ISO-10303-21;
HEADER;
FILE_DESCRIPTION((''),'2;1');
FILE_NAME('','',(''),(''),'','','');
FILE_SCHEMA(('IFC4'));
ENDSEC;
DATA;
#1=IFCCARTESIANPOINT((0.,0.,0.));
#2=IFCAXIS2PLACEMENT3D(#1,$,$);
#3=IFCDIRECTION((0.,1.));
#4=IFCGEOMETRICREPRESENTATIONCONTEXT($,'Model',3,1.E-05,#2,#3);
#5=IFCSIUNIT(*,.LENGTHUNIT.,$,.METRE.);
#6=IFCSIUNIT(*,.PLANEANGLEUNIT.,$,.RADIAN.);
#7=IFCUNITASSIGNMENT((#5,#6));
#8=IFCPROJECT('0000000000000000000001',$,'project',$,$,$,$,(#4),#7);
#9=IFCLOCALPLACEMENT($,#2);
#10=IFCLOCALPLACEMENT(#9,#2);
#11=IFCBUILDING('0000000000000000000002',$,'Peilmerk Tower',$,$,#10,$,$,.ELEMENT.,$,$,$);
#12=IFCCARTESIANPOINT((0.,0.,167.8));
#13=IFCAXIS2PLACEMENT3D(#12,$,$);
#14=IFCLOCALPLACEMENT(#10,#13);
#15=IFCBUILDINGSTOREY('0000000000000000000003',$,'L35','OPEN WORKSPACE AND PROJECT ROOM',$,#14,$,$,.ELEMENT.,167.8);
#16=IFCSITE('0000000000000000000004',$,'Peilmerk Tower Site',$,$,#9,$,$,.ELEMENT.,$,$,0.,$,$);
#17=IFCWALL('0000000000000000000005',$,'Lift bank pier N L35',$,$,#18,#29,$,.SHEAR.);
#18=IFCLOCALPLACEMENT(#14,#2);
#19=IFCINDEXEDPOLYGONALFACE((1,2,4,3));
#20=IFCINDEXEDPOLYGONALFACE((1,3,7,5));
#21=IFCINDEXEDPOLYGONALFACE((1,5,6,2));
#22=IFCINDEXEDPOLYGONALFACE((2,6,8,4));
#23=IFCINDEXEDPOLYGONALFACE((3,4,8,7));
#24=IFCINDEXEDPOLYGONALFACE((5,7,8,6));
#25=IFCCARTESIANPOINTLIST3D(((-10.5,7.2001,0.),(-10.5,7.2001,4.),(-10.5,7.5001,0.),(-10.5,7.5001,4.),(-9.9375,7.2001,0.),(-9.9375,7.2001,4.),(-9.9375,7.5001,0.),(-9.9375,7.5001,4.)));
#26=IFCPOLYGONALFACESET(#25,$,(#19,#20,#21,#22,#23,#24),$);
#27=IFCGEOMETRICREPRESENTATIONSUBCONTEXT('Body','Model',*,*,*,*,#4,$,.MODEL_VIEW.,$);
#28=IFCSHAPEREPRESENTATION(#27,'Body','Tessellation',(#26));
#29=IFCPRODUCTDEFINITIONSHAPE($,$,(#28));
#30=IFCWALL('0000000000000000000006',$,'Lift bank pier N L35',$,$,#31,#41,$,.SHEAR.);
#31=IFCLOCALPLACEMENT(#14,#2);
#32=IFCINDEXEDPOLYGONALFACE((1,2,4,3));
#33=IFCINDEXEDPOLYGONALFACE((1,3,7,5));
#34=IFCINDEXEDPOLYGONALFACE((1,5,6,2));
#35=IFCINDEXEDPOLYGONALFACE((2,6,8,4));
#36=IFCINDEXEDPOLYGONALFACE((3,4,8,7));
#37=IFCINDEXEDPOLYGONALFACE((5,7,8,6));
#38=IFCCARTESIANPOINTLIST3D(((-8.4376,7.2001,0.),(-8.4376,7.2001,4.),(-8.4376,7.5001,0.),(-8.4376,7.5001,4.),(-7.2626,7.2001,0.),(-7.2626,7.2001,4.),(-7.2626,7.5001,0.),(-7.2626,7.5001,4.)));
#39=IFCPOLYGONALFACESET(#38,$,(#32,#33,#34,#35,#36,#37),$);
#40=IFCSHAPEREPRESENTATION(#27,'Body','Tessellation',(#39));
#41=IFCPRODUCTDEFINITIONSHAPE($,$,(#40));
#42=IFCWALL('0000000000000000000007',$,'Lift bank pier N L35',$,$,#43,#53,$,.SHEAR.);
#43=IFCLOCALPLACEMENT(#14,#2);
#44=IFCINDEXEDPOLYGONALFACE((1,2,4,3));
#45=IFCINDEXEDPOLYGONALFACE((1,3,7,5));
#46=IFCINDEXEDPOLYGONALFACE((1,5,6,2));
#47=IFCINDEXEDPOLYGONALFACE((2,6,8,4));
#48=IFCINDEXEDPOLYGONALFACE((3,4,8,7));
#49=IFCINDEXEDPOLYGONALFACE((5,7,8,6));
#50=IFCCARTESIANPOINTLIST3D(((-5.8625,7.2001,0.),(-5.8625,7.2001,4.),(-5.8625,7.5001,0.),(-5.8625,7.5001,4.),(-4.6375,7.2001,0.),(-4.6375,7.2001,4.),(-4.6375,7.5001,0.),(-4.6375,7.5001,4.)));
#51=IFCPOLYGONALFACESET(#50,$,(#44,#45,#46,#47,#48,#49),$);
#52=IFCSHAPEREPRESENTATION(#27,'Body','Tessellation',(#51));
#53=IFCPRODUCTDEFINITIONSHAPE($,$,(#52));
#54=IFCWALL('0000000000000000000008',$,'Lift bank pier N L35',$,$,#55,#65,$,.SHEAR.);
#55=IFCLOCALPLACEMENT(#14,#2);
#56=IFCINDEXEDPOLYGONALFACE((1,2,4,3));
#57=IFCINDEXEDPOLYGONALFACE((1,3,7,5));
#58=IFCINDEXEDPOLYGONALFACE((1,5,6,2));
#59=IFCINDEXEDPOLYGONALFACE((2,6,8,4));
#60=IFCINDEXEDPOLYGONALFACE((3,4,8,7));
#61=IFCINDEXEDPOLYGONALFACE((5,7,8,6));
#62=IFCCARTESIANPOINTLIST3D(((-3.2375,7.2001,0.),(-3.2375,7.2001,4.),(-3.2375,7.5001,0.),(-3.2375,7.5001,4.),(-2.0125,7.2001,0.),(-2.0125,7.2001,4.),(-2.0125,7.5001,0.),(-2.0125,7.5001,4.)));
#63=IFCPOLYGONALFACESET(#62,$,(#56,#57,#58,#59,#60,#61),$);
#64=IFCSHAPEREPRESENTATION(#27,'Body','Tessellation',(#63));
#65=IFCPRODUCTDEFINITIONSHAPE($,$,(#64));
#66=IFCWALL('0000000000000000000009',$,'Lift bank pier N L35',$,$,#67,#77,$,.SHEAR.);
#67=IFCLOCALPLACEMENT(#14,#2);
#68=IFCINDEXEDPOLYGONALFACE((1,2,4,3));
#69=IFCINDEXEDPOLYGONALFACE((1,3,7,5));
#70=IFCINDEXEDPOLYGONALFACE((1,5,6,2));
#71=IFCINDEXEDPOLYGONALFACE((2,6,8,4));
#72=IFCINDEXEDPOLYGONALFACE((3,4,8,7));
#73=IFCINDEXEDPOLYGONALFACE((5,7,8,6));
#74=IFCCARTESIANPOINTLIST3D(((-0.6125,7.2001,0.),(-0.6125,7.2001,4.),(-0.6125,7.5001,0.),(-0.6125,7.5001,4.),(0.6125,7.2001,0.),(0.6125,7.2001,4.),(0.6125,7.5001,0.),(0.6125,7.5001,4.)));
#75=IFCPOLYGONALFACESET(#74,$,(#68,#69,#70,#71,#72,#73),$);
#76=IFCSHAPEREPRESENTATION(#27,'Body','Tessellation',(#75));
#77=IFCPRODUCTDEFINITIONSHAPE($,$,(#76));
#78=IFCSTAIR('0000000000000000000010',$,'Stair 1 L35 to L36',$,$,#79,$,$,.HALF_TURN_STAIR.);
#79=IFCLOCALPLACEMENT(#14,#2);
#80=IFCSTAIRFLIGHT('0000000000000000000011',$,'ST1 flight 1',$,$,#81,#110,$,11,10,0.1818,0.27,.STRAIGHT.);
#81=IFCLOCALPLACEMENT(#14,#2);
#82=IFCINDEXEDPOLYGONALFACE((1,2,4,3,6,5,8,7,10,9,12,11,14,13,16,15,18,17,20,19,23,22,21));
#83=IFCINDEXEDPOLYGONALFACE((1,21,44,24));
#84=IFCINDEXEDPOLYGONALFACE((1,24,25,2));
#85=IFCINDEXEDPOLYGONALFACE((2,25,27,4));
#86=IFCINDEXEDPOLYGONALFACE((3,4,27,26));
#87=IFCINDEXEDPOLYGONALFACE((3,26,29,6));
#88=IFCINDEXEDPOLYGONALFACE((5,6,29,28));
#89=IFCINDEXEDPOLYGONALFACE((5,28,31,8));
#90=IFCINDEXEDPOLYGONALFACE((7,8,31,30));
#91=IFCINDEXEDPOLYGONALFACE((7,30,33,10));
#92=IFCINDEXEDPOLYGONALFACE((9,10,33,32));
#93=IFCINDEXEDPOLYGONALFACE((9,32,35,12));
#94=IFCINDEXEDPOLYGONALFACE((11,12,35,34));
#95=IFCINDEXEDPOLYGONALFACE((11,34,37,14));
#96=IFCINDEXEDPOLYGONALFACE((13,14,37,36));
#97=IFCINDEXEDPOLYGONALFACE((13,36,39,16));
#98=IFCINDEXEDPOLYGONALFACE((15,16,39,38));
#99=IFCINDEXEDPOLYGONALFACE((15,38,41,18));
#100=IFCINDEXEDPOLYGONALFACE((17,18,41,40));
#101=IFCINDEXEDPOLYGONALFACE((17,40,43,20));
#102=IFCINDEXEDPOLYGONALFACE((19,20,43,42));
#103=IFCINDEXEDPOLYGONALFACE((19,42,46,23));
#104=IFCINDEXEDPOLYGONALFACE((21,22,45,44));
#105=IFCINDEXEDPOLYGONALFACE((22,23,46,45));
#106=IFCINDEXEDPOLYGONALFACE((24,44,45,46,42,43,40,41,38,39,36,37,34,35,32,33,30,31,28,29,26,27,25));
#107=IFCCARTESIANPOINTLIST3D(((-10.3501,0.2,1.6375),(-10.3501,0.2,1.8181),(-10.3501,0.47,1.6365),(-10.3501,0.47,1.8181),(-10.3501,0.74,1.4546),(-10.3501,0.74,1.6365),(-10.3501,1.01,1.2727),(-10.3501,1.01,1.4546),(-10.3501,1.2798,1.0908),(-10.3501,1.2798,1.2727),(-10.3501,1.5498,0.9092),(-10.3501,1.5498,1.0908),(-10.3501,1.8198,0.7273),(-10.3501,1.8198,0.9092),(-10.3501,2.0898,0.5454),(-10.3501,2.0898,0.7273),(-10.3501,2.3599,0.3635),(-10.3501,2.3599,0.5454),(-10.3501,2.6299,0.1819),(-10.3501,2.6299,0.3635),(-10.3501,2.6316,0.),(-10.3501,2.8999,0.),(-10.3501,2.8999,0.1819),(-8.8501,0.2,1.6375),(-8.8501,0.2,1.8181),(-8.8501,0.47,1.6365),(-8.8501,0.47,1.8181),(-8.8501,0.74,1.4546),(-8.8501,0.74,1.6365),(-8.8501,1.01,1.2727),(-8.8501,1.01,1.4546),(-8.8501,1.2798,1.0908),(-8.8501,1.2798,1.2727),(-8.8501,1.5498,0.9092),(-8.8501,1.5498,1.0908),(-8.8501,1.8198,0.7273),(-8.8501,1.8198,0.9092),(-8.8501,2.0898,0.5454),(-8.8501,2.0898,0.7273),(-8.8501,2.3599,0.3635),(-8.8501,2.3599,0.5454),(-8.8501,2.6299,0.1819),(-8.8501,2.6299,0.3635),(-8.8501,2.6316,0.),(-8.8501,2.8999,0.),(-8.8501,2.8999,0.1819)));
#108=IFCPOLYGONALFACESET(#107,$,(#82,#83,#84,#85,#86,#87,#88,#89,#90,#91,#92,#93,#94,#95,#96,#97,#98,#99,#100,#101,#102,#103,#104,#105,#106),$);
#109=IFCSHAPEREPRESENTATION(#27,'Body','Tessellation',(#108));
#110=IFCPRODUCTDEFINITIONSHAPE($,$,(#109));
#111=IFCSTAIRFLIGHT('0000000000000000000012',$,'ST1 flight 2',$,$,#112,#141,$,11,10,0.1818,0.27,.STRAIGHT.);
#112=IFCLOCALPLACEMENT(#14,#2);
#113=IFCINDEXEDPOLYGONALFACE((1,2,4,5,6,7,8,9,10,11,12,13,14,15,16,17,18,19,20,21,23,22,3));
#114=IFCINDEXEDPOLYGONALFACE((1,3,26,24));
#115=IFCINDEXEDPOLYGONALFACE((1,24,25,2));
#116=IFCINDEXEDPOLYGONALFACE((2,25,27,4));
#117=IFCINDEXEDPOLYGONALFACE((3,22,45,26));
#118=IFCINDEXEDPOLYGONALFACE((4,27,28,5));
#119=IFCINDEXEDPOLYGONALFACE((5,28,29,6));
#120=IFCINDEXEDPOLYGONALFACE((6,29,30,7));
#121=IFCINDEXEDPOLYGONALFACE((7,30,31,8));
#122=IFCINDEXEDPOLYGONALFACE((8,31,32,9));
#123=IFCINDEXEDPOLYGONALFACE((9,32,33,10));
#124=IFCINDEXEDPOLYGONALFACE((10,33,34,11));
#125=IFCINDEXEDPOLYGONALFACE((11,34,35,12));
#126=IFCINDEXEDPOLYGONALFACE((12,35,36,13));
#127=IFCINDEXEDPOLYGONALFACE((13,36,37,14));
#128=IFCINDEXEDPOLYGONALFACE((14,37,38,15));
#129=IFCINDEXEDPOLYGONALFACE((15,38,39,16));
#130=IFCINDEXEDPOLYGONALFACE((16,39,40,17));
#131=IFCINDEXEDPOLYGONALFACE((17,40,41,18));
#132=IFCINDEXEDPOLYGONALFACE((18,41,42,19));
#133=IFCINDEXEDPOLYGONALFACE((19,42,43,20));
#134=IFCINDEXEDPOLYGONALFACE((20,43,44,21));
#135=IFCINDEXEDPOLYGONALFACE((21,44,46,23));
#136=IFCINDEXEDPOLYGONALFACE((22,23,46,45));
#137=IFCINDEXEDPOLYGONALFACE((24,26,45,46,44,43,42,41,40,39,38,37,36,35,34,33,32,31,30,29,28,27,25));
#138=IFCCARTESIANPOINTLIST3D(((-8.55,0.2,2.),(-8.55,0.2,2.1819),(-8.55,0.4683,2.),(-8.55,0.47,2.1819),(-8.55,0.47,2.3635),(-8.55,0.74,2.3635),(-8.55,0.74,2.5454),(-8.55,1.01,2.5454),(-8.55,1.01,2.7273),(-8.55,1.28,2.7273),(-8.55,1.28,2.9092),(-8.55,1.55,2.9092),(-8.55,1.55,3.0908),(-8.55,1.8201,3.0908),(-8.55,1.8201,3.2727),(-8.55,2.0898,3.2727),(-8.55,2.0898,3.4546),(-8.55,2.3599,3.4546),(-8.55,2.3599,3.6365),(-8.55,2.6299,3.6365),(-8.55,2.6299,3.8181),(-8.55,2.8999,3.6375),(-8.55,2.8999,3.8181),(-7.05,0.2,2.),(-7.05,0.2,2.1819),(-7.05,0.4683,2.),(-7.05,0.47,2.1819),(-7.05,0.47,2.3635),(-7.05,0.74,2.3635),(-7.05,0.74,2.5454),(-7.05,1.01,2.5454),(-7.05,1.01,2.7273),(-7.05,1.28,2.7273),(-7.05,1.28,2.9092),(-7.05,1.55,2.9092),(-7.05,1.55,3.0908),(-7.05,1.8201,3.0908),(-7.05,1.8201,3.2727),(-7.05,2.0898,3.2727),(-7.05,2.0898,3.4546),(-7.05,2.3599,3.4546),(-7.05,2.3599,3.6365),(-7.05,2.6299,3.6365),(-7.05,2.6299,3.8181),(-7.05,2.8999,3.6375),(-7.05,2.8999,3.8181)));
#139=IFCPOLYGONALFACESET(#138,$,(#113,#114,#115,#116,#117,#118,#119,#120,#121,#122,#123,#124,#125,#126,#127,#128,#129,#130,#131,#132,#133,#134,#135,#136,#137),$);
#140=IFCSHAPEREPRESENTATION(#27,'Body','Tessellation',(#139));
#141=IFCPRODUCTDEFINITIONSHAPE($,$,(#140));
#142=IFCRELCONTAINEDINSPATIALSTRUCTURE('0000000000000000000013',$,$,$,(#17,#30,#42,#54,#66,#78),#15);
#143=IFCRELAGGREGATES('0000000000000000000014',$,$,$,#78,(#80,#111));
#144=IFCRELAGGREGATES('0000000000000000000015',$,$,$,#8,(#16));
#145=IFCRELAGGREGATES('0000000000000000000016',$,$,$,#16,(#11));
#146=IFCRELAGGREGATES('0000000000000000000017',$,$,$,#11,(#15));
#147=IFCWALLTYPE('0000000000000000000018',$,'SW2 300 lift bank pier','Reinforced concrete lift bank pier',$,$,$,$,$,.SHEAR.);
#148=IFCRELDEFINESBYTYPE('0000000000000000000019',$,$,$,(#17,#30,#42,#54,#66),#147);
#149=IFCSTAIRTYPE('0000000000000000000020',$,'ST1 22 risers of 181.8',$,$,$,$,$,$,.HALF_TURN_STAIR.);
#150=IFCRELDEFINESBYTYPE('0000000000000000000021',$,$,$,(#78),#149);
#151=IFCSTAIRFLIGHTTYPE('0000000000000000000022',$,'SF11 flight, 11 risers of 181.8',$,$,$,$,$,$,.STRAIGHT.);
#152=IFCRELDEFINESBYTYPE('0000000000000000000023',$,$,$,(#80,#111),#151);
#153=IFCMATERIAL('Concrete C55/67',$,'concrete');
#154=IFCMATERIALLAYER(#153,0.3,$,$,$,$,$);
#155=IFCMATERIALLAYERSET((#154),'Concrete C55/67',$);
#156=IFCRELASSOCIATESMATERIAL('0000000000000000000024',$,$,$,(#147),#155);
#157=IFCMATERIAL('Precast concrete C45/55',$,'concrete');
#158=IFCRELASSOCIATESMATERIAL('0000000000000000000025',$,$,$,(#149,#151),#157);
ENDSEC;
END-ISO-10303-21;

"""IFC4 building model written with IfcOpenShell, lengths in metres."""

from ifc_helpers import new_model, si_unit, direction, frame, frame_2d, origin, place, context, subcontext, project, spatial, polyline, rectangle, outline, extrude, material, layer, layer_set, type_object, element, aggregate, save


model = new_model("IFC4")

# Units and contexts
model_context = context("Model", 3, precision=1e-05, world=origin(), true_north=direction((0.0, 1.0)))
body_context = subcontext(model_context, "Body", "Model", "MODEL_VIEW")
ifc_project = project(units=[si_unit("LENGTHUNIT", "METRE"), si_unit("PLANEANGLEUNIT", "RADIAN")], contexts=[model_context])

# Site, building, storey
site_placement = place(None, origin())
site = spatial("IfcSite", under=ifc_project, at=site_placement, Name="Peilmerk Tower Site", CompositionType="ELEMENT", RefElevation=0.0)
building_placement = place(site_placement, origin())
building = spatial("IfcBuilding", under=site, at=building_placement, Name="Peilmerk Tower", CompositionType="ELEMENT")
storey_placement = place(building_placement, frame((0.0, 0.0, 167.8)))
storey = spatial("IfcBuildingStorey", under=building, at=storey_placement, Name="L35", Description="OPEN WORKSPACE AND PROJECT ROOM", CompositionType="ELEMENT", Elevation=167.8)

# Walls
ifc_material_1 = material(Name="Concrete C55/67", Category="concrete")
ifc_layer_1 = layer(ifc_material_1, 0.3)
ifc_layer_set_1 = layer_set([ifc_layer_1], Name="Concrete C55/67")
wall_type_1 = type_object("IfcWallType", Name="SW2 300 lift bank pier", Description="Reinforced concrete lift bank pier", PredefinedType="SHEAR", material=ifc_layer_set_1)
wall_1_placement = place(storey_placement, frame((-10.5, 7.3501, 0.0), z_axis=(0.0, 0.0, 1.0), x_axis=(1.0, 0.0, 0.0)))
element("IfcWall", 1, at=wall_1_placement, inside=storey, type_object=wall_type_1, Name="Lift bank pier N L35", PredefinedType="SHEAR", context=body_context, shape_type="SweptSolid", body=[
    extrude(rectangle(XDim=0.5625, YDim=0.3, at=frame_2d((0.2812, 0.0))), origin(), (0.0, 0.0, 1.0), 4.0),
])
wall_2_placement = place(storey_placement, frame((-8.4375, 7.3501, 0.0), z_axis=(0.0, 0.0, 1.0), x_axis=(1.0, 0.0, 0.0)))
element("IfcWall", 2, at=wall_2_placement, inside=storey, type_object=wall_type_1, Name="Lift bank pier N L35", PredefinedType="SHEAR", context=body_context, shape_type="SweptSolid", body=[
    extrude(rectangle(XDim=1.175, YDim=0.3, at=frame_2d((0.5874, 0.0))), origin(), (0.0, 0.0, 1.0), 4.0),
])
for number, where, z_axis, x_axis, name in (
    (3, (-5.8625, 7.3501, 0.0), (0.0, 0.0, 1.0), (1.0, 0.0, 0.0), "Lift bank pier N L35"),
    (4, (-3.2375, 7.3501, 0.0), (0.0, 0.0, 1.0), (1.0, 0.0, 0.0), "Lift bank pier N L35"),
    (5, (-0.6125, 7.3501, 0.0), (0.0, 0.0, 1.0), (1.0, 0.0, 0.0), "Lift bank pier N L35"),
):
    element("IfcWall", number, at=place(storey_placement, frame(where, z_axis=z_axis, x_axis=x_axis)), inside=storey, type_object=wall_type_1, Name=name, PredefinedType="SHEAR", context=body_context, shape_type="SweptSolid", body=[
        extrude(rectangle(XDim=1.2251, YDim=0.3, at=frame_2d((0.6125, 0.0))), origin(), (0.0, 0.0, 1.0), 4.0),
    ])

# Stair, stair flights
ifc_material_2 = material(Name="Precast concrete C45/55", Category="concrete")
stair_type = type_object("IfcStairType", Name="ST1 22 risers of 181.8", PredefinedType="HALF_TURN_STAIR", material=ifc_material_2)
stair_placement = place(storey_placement, origin())
stair = element("IfcStair", 6, at=stair_placement, inside=storey, type_object=stair_type, Name="Stair 1 L35 to L36", PredefinedType="HALF_TURN_STAIR")
stair_flight_type = type_object("IfcStairFlightType", Name="SF11 flight, 11 risers of 181.8", PredefinedType="STRAIGHT", material=ifc_material_2)
stair_flight_1_placement = place(storey_placement, frame((-9.6001, 2.8999, 0.0), z_axis=(0.0, 0.0, 1.0), x_axis=(0.0, -1.0, 0.0)))
stair_flight_1 = element("IfcStairFlight", 7, at=stair_flight_1_placement, type_object=stair_flight_type, Name="ST1 flight 1", NumberOfRisers=11, NumberOfTreads=10, PredefinedType="STRAIGHT", RiserHeight=0.1818, TreadLength=0.27, context=body_context, shape_type="SweptSolid", body=[
    extrude(outline(polyline([(0.0, 0.0), (0.0, 0.1819), (0.27, 0.1819), (0.27, 0.3635), (0.54, 0.3635), (0.54, 0.5454), (0.8101, 0.5454), (0.8101, 0.7273), (1.0801, 0.7273), (1.0801, 0.9092), (1.3501, 0.9092), (1.3501, 1.0908), (1.6201, 1.0908), (1.6201, 1.2727), (1.8899, 1.2727), (1.8899, 1.4546), (2.1599, 1.4546), (2.1599, 1.6365), (2.4299, 1.6365), (2.4299, 1.8181), (2.7, 1.8181), (2.7, 2.0), (2.7, 1.6375), (0.2683, 0.0), (0.0, 0.0)])), frame((0.0, 0.75, 0.0), z_axis=(0.0, -1.0, 0.0), x_axis=(1.0, 0.0, 0.0)), (0.0, 0.0, 1.0), 1.5),
])
stair_flight_2_placement = place(storey_placement, frame((-7.8, 0.2, 2.0), z_axis=(0.0, 0.0, 1.0), x_axis=(0.0, 1.0, 0.0)))
stair_flight_2 = element("IfcStairFlight", 8, at=stair_flight_2_placement, type_object=stair_flight_type, Name="ST1 flight 2", NumberOfRisers=11, NumberOfTreads=10, PredefinedType="STRAIGHT", RiserHeight=0.1818, TreadLength=0.27, context=body_context, shape_type="SweptSolid", body=[
    extrude(outline(polyline([(0.0, 0.0), (0.0, 0.1819), (0.27, 0.1819), (0.27, 0.3635), (0.54, 0.3635), (0.54, 0.5454), (0.8101, 0.5454), (0.8101, 0.7273), (1.0801, 0.7273), (1.0801, 0.9092), (1.3501, 0.9092), (1.3501, 1.0908), (1.6201, 1.0908), (1.6201, 1.2727), (1.8899, 1.2727), (1.8899, 1.4546), (2.1599, 1.4546), (2.1599, 1.6365), (2.4299, 1.6365), (2.4299, 1.8181), (2.7, 1.8181), (2.7, 2.0), (2.7, 1.6375), (0.2683, 0.0), (0.0, 0.0)])), frame((0.0, 0.75, 0.0), z_axis=(0.0, -1.0, 0.0), x_axis=(1.0, 0.0, 0.0)), (0.0, 0.0, 1.0), 1.5),
])
aggregate(stair, [stair_flight_1, stair_flight_2])

save(model, "model.ifc")
